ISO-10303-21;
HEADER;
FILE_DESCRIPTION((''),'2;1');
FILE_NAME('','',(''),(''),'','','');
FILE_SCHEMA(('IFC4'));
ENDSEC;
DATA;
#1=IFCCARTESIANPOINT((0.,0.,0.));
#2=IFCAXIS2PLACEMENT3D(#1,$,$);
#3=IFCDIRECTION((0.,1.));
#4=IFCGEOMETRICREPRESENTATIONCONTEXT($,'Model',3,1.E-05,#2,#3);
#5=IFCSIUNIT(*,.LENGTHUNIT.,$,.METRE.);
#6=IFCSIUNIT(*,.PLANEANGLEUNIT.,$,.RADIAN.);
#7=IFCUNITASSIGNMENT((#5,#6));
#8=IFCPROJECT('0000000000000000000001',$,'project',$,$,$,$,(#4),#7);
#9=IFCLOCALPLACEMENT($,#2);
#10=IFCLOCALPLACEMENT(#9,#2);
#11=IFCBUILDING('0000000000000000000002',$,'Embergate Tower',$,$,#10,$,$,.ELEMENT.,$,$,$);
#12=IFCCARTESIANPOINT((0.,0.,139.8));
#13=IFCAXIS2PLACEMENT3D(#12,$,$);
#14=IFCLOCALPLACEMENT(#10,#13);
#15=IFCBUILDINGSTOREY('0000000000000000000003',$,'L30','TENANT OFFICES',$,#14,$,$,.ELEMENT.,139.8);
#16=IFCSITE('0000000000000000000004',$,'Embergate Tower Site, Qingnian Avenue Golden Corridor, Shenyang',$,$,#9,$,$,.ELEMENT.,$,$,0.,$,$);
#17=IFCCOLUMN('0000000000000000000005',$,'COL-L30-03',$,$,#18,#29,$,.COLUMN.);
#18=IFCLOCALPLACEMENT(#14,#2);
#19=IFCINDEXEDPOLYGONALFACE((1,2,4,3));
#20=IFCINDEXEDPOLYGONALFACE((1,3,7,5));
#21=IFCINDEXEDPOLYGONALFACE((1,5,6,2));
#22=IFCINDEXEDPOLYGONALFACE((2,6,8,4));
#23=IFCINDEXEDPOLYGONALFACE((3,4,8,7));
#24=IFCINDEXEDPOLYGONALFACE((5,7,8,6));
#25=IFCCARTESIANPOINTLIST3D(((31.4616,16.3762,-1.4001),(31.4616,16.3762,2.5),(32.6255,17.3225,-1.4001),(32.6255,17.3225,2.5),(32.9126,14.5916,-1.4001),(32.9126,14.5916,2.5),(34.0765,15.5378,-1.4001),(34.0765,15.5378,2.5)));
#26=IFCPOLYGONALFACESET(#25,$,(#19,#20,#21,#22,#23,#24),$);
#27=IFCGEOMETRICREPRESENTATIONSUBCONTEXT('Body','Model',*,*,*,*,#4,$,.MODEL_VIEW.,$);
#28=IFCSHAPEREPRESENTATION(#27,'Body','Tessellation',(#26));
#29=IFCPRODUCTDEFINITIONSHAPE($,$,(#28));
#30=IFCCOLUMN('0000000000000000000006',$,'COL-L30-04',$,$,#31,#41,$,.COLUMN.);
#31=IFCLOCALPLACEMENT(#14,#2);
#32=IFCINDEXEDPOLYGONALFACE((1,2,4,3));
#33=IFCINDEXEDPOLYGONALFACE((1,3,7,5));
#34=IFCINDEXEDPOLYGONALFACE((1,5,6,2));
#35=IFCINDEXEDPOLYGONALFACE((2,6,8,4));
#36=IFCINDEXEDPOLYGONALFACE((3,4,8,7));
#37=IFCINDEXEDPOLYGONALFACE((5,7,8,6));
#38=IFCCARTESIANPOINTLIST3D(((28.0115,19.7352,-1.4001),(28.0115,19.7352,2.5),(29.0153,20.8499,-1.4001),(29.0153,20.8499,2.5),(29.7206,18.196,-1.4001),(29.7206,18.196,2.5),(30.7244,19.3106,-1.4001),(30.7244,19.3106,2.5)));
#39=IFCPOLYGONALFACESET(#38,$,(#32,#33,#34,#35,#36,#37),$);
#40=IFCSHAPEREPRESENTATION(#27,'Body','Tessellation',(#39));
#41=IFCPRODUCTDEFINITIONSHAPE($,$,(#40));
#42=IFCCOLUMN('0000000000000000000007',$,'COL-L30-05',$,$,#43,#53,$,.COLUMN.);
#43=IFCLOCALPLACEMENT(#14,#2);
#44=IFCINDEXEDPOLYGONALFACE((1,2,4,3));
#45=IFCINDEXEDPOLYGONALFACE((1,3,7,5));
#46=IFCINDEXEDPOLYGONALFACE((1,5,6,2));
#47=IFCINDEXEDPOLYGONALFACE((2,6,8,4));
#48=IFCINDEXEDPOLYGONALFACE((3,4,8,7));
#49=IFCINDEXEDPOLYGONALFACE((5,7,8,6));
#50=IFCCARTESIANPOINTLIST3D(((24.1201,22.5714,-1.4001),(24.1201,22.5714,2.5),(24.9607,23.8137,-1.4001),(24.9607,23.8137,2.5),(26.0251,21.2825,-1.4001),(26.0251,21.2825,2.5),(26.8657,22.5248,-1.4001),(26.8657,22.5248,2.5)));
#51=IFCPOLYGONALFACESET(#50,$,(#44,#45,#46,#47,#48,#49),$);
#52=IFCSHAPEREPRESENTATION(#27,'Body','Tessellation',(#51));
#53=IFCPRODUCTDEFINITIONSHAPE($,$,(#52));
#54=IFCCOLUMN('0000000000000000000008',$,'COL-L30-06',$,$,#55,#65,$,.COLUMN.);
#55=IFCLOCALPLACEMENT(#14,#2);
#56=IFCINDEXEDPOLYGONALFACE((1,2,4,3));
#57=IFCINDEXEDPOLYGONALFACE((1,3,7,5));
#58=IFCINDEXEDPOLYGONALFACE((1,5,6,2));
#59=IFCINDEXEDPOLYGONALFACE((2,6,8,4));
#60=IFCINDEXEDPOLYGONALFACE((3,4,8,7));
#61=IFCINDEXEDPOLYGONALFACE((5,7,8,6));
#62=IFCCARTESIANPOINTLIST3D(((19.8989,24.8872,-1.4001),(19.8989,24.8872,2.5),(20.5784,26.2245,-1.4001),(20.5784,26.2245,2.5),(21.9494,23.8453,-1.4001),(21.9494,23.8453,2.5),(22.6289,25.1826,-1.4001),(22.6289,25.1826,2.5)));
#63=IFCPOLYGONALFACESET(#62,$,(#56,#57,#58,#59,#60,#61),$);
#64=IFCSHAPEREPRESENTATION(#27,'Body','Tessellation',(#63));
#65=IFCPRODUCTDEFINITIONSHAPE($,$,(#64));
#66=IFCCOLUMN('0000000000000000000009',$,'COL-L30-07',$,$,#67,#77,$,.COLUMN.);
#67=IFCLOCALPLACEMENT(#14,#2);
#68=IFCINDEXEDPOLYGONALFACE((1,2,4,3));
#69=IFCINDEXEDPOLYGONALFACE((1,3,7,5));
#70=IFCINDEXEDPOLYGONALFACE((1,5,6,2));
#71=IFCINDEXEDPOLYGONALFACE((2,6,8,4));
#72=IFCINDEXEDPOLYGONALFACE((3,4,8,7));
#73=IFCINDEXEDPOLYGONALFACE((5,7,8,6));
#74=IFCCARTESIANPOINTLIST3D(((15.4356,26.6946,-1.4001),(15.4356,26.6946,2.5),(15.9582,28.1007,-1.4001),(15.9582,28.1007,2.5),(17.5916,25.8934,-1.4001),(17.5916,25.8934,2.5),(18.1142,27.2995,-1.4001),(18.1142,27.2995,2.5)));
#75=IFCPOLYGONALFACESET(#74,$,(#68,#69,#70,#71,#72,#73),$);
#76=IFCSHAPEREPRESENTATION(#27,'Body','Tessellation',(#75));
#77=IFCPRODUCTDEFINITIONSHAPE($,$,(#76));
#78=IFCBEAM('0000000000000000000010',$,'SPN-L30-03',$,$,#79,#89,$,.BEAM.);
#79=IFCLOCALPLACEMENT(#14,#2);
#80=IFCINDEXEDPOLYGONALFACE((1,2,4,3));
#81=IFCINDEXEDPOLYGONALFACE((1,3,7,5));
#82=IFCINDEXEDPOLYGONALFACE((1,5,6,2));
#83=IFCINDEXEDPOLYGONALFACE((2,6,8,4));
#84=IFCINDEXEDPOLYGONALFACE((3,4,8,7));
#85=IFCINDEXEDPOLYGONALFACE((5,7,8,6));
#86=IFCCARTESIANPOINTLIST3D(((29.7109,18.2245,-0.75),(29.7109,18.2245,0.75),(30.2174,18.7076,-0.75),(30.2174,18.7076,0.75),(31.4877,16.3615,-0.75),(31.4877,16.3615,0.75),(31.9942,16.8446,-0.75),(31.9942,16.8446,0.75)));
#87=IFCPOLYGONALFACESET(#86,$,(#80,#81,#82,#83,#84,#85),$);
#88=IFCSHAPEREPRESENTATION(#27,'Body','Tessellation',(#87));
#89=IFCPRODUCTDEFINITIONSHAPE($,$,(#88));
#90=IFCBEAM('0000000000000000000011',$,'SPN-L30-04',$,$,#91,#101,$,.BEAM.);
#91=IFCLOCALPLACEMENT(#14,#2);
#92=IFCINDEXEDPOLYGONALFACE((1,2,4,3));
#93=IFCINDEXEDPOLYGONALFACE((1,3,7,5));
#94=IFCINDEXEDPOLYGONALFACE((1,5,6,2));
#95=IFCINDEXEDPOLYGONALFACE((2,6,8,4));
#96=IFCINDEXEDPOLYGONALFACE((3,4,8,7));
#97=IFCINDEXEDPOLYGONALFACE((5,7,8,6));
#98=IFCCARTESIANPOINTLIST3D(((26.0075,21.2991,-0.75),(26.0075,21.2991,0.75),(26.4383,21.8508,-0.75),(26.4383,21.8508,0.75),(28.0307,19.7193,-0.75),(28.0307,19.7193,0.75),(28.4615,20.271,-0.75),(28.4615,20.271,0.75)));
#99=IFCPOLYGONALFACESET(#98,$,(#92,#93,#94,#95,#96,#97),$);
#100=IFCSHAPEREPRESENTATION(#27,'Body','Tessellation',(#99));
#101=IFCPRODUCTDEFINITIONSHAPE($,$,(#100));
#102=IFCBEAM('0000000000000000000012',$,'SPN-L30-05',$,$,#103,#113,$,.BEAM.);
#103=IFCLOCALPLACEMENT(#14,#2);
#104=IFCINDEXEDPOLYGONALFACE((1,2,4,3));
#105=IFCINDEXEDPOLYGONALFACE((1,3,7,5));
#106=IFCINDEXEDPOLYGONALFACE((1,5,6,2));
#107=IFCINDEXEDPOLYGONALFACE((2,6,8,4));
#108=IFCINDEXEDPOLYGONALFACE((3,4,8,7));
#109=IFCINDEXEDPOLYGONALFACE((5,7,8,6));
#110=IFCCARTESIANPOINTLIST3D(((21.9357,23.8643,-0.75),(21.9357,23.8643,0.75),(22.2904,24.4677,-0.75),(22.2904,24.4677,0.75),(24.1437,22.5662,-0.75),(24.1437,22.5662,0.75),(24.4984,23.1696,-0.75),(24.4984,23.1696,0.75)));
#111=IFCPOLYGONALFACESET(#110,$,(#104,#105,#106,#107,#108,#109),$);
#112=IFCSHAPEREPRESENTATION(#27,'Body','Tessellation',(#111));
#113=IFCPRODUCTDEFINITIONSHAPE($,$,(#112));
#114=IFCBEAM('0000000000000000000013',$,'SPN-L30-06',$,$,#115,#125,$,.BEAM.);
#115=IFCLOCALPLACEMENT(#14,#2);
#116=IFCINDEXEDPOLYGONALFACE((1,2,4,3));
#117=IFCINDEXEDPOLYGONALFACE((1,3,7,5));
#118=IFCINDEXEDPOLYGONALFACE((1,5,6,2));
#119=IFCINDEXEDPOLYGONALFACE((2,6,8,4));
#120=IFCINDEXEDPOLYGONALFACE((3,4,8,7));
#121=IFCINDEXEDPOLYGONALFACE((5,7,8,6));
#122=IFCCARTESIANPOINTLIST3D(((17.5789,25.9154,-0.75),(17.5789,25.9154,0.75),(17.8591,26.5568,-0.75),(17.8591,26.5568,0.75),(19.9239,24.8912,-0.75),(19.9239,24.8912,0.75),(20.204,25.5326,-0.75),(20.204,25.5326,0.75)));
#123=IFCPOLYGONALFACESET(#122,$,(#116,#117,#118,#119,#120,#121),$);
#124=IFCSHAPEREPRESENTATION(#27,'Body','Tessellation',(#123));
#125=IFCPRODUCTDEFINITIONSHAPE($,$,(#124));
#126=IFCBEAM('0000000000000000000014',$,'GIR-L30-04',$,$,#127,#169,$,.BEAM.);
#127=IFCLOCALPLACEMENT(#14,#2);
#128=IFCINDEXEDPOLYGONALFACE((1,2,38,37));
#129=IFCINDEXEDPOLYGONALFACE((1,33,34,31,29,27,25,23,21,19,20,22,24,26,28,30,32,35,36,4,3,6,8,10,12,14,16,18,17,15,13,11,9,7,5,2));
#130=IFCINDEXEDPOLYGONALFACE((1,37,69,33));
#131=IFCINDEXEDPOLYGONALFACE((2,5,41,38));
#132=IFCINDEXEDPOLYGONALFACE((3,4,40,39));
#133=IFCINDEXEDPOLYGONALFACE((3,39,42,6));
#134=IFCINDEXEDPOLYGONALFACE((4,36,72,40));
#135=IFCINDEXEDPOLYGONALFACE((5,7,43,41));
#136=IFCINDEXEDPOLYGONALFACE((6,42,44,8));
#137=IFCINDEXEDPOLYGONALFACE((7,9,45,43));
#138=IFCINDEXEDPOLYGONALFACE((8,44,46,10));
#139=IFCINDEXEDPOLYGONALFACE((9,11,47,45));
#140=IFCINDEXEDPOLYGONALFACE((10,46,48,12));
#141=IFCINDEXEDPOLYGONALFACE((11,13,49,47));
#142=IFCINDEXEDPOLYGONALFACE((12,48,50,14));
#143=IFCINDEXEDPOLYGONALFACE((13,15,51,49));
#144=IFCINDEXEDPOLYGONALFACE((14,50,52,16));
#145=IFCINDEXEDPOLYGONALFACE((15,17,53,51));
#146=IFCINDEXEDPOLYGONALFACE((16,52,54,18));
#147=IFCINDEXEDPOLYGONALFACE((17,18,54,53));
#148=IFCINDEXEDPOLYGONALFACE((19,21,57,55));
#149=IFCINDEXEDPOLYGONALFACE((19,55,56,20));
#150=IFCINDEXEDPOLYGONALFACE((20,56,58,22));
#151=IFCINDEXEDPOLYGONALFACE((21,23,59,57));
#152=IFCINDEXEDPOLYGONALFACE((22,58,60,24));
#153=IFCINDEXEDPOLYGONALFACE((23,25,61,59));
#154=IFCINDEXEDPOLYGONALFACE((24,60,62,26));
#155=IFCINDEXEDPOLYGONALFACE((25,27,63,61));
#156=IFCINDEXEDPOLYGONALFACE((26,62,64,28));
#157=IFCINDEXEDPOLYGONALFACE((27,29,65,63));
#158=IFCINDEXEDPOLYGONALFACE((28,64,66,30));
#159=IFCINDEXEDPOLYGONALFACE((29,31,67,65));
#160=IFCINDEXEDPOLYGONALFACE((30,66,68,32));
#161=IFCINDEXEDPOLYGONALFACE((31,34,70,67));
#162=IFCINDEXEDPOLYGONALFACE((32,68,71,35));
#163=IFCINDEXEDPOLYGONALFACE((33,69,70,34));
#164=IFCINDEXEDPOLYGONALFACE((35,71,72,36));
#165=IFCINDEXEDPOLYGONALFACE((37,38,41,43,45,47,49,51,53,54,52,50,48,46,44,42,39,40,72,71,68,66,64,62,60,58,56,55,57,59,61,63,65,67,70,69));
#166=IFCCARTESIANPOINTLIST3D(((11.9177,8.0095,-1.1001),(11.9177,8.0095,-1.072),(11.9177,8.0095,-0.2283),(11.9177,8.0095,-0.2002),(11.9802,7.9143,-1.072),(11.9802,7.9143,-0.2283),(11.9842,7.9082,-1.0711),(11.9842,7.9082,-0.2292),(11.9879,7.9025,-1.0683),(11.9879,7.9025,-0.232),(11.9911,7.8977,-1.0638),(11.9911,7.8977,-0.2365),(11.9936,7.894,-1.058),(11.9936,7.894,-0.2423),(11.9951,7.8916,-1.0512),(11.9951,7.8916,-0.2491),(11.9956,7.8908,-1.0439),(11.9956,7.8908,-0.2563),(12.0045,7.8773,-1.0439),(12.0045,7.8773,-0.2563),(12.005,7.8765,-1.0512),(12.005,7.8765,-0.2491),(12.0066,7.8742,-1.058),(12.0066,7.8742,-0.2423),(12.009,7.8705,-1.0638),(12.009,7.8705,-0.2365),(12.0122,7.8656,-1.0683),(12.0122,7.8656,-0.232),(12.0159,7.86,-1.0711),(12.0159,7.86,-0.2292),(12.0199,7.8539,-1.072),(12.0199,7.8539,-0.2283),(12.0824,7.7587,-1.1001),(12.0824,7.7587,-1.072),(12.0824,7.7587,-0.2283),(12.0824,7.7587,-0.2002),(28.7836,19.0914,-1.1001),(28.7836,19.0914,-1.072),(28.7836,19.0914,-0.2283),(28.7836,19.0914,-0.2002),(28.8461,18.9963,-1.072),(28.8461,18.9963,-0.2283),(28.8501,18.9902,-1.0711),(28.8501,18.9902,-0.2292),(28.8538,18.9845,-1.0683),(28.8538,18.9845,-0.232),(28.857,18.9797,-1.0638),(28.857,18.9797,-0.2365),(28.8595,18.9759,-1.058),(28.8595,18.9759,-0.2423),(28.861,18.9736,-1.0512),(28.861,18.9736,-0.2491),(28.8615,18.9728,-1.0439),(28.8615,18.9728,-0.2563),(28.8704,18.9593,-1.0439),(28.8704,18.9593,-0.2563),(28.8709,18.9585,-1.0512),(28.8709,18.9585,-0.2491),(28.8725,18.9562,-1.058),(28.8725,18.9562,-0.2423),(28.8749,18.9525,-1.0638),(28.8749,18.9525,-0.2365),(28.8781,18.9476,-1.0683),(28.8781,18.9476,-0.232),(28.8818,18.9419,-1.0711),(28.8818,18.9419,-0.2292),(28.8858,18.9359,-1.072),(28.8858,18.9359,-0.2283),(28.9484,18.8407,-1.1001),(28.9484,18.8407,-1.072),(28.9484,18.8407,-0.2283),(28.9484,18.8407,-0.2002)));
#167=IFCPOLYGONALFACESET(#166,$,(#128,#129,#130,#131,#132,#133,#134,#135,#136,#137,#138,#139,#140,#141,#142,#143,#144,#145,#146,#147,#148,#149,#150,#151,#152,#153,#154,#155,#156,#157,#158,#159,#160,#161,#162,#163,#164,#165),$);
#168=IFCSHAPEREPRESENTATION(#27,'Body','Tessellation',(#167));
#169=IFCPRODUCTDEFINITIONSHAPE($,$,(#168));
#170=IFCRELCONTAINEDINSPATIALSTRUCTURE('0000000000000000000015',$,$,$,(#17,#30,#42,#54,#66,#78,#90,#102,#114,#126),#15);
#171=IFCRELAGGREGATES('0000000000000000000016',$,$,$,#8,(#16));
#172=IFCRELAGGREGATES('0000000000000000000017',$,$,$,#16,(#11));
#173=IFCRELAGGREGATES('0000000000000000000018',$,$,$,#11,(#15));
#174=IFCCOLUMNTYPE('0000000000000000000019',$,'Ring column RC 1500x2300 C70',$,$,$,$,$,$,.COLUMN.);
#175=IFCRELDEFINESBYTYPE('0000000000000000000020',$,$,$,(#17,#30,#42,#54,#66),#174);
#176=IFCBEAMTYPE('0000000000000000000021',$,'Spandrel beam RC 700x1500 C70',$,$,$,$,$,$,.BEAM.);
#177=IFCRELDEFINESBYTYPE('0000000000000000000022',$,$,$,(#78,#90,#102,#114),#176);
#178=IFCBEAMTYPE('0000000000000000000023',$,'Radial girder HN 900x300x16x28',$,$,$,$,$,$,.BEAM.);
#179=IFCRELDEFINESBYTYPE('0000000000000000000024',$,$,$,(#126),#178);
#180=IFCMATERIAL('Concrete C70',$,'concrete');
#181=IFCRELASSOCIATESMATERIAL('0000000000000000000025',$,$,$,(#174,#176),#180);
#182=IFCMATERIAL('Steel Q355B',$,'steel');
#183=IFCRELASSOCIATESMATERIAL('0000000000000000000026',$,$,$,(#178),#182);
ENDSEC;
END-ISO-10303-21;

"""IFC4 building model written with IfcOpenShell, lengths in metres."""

from ifc_helpers import new_model, si_unit, direction, frame, origin, origin_2d, place, context, subcontext, project, spatial, rectangle, i_section, extrude, source, transform, mapped, material, material_profile, profile_set, type_object, element, save


model = new_model("IFC4")

# Units and contexts
model_context = context("Model", 3, precision=1e-05, world=origin(), true_north=direction((0.0, 1.0)))
body_context = subcontext(model_context, "Body", "Model", "MODEL_VIEW")
ifc_project = project(units=[si_unit("LENGTHUNIT", "METRE"), si_unit("PLANEANGLEUNIT", "RADIAN")], contexts=[model_context])

# Site, building, storey
site_placement = place(None, origin())
site = spatial("IfcSite", under=ifc_project, at=site_placement, Name="Embergate Tower Site, Qingnian Avenue Golden Corridor, Shenyang", CompositionType="ELEMENT", RefElevation=0.0)
building_placement = place(site_placement, origin())
building = spatial("IfcBuilding", under=site, at=building_placement, Name="Embergate Tower", CompositionType="ELEMENT")
storey_placement = place(building_placement, frame((0.0, 0.0, 139.8)))
storey = spatial("IfcBuildingStorey", under=building, at=storey_placement, Name="L30", Description="TENANT OFFICES", CompositionType="ELEMENT", Elevation=139.8)

# Columns
ifc_material_1 = material(Name="Concrete C70", Category="concrete")
ifc_material_profile_1 = material_profile(ifc_material_1, rectangle(XDim=1.5, YDim=2.3, at=origin_2d()), Name="RC 1500x2300")
ifc_profile_set_1 = profile_set([ifc_material_profile_1], Name="Concrete C70")
column_type = type_object("IfcColumnType", Name="Ring column RC 1500x2300 C70", PredefinedType="COLUMN", material=ifc_profile_set_1)
shared_shape_1 = source(origin(), body_context, "Body", "SweptSolid", [
    extrude(rectangle(XDim=1.5, YDim=2.3, at=origin_2d()), origin(), (0.0, 0.0, 1.0), 3.9001),
])
for number, where, z_axis, x_axis, name in (
    (1, (32.769, 15.957, -1.4001), (0.0, 0.0, 1.0), (0.775914, 0.630838, 0.0), "COL-L30-03"),
    (2, (29.3679, 19.5229, -1.4001), (0.0, 0.0, 1.0), (0.669208, 0.743075, 0.0), "COL-L30-04"),
    (3, (25.4929, 22.5481, -1.4001), (0.0, 0.0, 1.0), (0.560393, 0.828227, 0.0), "COL-L30-05"),
    (4, (21.2639, 25.0349, -1.4001), (0.0, 0.0, 1.0), (0.452995, 0.891513, 0.0), "COL-L30-06"),
    (5, (16.7749, 26.9971, -1.4001), (0.0, 0.0, 1.0), (0.348343, 0.937367, 0.0), "COL-L30-07"),
):
    element("IfcColumn", number, at=place(storey_placement, frame(where, z_axis=z_axis, x_axis=x_axis)), inside=storey, type_object=column_type, Name=name, PredefinedType="COLUMN", context=body_context, shape_type="MappedRepresentation", body=[
        mapped(shared_shape_1, transform((0.0, 0.0, 0.0))),
    ])

# Beams
ifc_material_profile_2 = material_profile(ifc_material_1, rectangle(XDim=0.7, YDim=1.5, at=origin_2d()), Name="RC 700x1500")
ifc_profile_set_2 = profile_set([ifc_material_profile_2], Name="Concrete C70")
beam_type_1 = type_object("IfcBeamType", Name="Spandrel beam RC 700x1500 C70", PredefinedType="BEAM", material=ifc_profile_set_2)
shared_shape_2 = source(origin(), body_context, "Body", "SweptSolid", [
    extrude(rectangle(XDim=0.7, YDim=1.5, at=origin_2d()), origin(), (0.0, 0.0, 1.0), 2.5745),
])
beam_1_placement = place(storey_placement, frame((31.741, 16.603, 0.0), z_axis=(-0.690171, 0.723646, 0.0), x_axis=(-0.723646, -0.690171, 0.0)))
element("IfcBeam", 6, at=beam_1_placement, inside=storey, type_object=beam_type_1, Name="SPN-L30-03", PredefinedType="BEAM", context=body_context, shape_type="MappedRepresentation", body=[
    mapped(shared_shape_2, transform((0.0, 0.0, 0.0))),
])
shared_shape_3 = source(origin(), body_context, "Body", "SweptSolid", [
    extrude(rectangle(XDim=0.7, YDim=1.5, at=origin_2d()), origin(), (0.0, 0.0, 1.0), 2.5669),
])
beam_2_placement = place(storey_placement, frame((28.2461, 19.9951, 0.0), z_axis=(-0.788173, 0.615454, 0.0), x_axis=(-0.615454, -0.788173, 0.0)))
element("IfcBeam", 7, at=beam_2_placement, inside=storey, type_object=beam_type_1, Name="SPN-L30-04", PredefinedType="BEAM", context=body_context, shape_type="MappedRepresentation", body=[
    mapped(shared_shape_3, transform((0.0, 0.0, 0.0))),
])
shared_shape_4 = source(origin(), body_context, "Body", "SweptSolid", [
    extrude(rectangle(XDim=0.7, YDim=1.5, at=origin_2d()), origin(), (0.0, 0.0, 1.0), 2.5613),
])
beam_3_placement = place(storey_placement, frame((24.321, 22.8679, 0.0), z_axis=(-0.862059, 0.506808, 0.0), x_axis=(-0.506808, -0.862059, 0.0)))
element("IfcBeam", 8, at=beam_3_placement, inside=storey, type_object=beam_type_1, Name="SPN-L30-05", PredefinedType="BEAM", context=body_context, shape_type="MappedRepresentation", body=[
    mapped(shared_shape_4, transform((0.0, 0.0, 0.0))),
])
shared_shape_5 = source(origin(), body_context, "Body", "SweptSolid", [
    extrude(rectangle(XDim=0.7, YDim=1.5, at=origin_2d()), origin(), (0.0, 0.0, 1.0), 2.5588),
])
beam_4_placement = place(storey_placement, frame((20.064, 25.2119, 0.0), z_axis=(-0.916409, 0.400243, 0.0), x_axis=(-0.400243, -0.916409, 0.0)))
element("IfcBeam", 9, at=beam_4_placement, inside=storey, type_object=beam_type_1, Name="SPN-L30-06", PredefinedType="BEAM", context=body_context, shape_type="MappedRepresentation", body=[
    mapped(shared_shape_5, transform((0.0, 0.0, 0.0))),
])
ifc_material_2 = material(Name="Steel Q355B", Category="steel")
ifc_material_profile_3 = material_profile(ifc_material_2, i_section(OverallWidth=0.3, OverallDepth=0.8999, WebThickness=0.0161, FlangeThickness=0.0281, FilletRadius=0.0281, at=origin_2d()), Name="HN 900x300x16x28")
ifc_profile_set_3 = profile_set([ifc_material_profile_3], Name="Steel Q355 grade B")
beam_type_2 = type_object("IfcBeamType", Name="Radial girder HN 900x300x16x28", PredefinedType="BEAM", material=ifc_profile_set_3)
shared_shape_6 = source(origin(), body_context, "Body", "SweptSolid", [
    extrude(i_section(OverallWidth=0.3, OverallDepth=0.8999, WebThickness=0.0161, FlangeThickness=0.0281, FilletRadius=0.0281, at=origin_2d()), origin(), (0.0, 0.0, 1.0), 20.1809),
])
beam_5_placement = place(storey_placement, frame((28.866, 18.9661, -0.6501), z_axis=(-0.835735, -0.549132, 0.0), x_axis=(0.549132, -0.835735, 0.0)))
element("IfcBeam", 10, at=beam_5_placement, inside=storey, type_object=beam_type_2, Name="GIR-L30-04", PredefinedType="BEAM", context=body_context, shape_type="MappedRepresentation", body=[
    mapped(shared_shape_6, transform((0.0, 0.0, 0.0))),
])

save(model, "model.ifc")
